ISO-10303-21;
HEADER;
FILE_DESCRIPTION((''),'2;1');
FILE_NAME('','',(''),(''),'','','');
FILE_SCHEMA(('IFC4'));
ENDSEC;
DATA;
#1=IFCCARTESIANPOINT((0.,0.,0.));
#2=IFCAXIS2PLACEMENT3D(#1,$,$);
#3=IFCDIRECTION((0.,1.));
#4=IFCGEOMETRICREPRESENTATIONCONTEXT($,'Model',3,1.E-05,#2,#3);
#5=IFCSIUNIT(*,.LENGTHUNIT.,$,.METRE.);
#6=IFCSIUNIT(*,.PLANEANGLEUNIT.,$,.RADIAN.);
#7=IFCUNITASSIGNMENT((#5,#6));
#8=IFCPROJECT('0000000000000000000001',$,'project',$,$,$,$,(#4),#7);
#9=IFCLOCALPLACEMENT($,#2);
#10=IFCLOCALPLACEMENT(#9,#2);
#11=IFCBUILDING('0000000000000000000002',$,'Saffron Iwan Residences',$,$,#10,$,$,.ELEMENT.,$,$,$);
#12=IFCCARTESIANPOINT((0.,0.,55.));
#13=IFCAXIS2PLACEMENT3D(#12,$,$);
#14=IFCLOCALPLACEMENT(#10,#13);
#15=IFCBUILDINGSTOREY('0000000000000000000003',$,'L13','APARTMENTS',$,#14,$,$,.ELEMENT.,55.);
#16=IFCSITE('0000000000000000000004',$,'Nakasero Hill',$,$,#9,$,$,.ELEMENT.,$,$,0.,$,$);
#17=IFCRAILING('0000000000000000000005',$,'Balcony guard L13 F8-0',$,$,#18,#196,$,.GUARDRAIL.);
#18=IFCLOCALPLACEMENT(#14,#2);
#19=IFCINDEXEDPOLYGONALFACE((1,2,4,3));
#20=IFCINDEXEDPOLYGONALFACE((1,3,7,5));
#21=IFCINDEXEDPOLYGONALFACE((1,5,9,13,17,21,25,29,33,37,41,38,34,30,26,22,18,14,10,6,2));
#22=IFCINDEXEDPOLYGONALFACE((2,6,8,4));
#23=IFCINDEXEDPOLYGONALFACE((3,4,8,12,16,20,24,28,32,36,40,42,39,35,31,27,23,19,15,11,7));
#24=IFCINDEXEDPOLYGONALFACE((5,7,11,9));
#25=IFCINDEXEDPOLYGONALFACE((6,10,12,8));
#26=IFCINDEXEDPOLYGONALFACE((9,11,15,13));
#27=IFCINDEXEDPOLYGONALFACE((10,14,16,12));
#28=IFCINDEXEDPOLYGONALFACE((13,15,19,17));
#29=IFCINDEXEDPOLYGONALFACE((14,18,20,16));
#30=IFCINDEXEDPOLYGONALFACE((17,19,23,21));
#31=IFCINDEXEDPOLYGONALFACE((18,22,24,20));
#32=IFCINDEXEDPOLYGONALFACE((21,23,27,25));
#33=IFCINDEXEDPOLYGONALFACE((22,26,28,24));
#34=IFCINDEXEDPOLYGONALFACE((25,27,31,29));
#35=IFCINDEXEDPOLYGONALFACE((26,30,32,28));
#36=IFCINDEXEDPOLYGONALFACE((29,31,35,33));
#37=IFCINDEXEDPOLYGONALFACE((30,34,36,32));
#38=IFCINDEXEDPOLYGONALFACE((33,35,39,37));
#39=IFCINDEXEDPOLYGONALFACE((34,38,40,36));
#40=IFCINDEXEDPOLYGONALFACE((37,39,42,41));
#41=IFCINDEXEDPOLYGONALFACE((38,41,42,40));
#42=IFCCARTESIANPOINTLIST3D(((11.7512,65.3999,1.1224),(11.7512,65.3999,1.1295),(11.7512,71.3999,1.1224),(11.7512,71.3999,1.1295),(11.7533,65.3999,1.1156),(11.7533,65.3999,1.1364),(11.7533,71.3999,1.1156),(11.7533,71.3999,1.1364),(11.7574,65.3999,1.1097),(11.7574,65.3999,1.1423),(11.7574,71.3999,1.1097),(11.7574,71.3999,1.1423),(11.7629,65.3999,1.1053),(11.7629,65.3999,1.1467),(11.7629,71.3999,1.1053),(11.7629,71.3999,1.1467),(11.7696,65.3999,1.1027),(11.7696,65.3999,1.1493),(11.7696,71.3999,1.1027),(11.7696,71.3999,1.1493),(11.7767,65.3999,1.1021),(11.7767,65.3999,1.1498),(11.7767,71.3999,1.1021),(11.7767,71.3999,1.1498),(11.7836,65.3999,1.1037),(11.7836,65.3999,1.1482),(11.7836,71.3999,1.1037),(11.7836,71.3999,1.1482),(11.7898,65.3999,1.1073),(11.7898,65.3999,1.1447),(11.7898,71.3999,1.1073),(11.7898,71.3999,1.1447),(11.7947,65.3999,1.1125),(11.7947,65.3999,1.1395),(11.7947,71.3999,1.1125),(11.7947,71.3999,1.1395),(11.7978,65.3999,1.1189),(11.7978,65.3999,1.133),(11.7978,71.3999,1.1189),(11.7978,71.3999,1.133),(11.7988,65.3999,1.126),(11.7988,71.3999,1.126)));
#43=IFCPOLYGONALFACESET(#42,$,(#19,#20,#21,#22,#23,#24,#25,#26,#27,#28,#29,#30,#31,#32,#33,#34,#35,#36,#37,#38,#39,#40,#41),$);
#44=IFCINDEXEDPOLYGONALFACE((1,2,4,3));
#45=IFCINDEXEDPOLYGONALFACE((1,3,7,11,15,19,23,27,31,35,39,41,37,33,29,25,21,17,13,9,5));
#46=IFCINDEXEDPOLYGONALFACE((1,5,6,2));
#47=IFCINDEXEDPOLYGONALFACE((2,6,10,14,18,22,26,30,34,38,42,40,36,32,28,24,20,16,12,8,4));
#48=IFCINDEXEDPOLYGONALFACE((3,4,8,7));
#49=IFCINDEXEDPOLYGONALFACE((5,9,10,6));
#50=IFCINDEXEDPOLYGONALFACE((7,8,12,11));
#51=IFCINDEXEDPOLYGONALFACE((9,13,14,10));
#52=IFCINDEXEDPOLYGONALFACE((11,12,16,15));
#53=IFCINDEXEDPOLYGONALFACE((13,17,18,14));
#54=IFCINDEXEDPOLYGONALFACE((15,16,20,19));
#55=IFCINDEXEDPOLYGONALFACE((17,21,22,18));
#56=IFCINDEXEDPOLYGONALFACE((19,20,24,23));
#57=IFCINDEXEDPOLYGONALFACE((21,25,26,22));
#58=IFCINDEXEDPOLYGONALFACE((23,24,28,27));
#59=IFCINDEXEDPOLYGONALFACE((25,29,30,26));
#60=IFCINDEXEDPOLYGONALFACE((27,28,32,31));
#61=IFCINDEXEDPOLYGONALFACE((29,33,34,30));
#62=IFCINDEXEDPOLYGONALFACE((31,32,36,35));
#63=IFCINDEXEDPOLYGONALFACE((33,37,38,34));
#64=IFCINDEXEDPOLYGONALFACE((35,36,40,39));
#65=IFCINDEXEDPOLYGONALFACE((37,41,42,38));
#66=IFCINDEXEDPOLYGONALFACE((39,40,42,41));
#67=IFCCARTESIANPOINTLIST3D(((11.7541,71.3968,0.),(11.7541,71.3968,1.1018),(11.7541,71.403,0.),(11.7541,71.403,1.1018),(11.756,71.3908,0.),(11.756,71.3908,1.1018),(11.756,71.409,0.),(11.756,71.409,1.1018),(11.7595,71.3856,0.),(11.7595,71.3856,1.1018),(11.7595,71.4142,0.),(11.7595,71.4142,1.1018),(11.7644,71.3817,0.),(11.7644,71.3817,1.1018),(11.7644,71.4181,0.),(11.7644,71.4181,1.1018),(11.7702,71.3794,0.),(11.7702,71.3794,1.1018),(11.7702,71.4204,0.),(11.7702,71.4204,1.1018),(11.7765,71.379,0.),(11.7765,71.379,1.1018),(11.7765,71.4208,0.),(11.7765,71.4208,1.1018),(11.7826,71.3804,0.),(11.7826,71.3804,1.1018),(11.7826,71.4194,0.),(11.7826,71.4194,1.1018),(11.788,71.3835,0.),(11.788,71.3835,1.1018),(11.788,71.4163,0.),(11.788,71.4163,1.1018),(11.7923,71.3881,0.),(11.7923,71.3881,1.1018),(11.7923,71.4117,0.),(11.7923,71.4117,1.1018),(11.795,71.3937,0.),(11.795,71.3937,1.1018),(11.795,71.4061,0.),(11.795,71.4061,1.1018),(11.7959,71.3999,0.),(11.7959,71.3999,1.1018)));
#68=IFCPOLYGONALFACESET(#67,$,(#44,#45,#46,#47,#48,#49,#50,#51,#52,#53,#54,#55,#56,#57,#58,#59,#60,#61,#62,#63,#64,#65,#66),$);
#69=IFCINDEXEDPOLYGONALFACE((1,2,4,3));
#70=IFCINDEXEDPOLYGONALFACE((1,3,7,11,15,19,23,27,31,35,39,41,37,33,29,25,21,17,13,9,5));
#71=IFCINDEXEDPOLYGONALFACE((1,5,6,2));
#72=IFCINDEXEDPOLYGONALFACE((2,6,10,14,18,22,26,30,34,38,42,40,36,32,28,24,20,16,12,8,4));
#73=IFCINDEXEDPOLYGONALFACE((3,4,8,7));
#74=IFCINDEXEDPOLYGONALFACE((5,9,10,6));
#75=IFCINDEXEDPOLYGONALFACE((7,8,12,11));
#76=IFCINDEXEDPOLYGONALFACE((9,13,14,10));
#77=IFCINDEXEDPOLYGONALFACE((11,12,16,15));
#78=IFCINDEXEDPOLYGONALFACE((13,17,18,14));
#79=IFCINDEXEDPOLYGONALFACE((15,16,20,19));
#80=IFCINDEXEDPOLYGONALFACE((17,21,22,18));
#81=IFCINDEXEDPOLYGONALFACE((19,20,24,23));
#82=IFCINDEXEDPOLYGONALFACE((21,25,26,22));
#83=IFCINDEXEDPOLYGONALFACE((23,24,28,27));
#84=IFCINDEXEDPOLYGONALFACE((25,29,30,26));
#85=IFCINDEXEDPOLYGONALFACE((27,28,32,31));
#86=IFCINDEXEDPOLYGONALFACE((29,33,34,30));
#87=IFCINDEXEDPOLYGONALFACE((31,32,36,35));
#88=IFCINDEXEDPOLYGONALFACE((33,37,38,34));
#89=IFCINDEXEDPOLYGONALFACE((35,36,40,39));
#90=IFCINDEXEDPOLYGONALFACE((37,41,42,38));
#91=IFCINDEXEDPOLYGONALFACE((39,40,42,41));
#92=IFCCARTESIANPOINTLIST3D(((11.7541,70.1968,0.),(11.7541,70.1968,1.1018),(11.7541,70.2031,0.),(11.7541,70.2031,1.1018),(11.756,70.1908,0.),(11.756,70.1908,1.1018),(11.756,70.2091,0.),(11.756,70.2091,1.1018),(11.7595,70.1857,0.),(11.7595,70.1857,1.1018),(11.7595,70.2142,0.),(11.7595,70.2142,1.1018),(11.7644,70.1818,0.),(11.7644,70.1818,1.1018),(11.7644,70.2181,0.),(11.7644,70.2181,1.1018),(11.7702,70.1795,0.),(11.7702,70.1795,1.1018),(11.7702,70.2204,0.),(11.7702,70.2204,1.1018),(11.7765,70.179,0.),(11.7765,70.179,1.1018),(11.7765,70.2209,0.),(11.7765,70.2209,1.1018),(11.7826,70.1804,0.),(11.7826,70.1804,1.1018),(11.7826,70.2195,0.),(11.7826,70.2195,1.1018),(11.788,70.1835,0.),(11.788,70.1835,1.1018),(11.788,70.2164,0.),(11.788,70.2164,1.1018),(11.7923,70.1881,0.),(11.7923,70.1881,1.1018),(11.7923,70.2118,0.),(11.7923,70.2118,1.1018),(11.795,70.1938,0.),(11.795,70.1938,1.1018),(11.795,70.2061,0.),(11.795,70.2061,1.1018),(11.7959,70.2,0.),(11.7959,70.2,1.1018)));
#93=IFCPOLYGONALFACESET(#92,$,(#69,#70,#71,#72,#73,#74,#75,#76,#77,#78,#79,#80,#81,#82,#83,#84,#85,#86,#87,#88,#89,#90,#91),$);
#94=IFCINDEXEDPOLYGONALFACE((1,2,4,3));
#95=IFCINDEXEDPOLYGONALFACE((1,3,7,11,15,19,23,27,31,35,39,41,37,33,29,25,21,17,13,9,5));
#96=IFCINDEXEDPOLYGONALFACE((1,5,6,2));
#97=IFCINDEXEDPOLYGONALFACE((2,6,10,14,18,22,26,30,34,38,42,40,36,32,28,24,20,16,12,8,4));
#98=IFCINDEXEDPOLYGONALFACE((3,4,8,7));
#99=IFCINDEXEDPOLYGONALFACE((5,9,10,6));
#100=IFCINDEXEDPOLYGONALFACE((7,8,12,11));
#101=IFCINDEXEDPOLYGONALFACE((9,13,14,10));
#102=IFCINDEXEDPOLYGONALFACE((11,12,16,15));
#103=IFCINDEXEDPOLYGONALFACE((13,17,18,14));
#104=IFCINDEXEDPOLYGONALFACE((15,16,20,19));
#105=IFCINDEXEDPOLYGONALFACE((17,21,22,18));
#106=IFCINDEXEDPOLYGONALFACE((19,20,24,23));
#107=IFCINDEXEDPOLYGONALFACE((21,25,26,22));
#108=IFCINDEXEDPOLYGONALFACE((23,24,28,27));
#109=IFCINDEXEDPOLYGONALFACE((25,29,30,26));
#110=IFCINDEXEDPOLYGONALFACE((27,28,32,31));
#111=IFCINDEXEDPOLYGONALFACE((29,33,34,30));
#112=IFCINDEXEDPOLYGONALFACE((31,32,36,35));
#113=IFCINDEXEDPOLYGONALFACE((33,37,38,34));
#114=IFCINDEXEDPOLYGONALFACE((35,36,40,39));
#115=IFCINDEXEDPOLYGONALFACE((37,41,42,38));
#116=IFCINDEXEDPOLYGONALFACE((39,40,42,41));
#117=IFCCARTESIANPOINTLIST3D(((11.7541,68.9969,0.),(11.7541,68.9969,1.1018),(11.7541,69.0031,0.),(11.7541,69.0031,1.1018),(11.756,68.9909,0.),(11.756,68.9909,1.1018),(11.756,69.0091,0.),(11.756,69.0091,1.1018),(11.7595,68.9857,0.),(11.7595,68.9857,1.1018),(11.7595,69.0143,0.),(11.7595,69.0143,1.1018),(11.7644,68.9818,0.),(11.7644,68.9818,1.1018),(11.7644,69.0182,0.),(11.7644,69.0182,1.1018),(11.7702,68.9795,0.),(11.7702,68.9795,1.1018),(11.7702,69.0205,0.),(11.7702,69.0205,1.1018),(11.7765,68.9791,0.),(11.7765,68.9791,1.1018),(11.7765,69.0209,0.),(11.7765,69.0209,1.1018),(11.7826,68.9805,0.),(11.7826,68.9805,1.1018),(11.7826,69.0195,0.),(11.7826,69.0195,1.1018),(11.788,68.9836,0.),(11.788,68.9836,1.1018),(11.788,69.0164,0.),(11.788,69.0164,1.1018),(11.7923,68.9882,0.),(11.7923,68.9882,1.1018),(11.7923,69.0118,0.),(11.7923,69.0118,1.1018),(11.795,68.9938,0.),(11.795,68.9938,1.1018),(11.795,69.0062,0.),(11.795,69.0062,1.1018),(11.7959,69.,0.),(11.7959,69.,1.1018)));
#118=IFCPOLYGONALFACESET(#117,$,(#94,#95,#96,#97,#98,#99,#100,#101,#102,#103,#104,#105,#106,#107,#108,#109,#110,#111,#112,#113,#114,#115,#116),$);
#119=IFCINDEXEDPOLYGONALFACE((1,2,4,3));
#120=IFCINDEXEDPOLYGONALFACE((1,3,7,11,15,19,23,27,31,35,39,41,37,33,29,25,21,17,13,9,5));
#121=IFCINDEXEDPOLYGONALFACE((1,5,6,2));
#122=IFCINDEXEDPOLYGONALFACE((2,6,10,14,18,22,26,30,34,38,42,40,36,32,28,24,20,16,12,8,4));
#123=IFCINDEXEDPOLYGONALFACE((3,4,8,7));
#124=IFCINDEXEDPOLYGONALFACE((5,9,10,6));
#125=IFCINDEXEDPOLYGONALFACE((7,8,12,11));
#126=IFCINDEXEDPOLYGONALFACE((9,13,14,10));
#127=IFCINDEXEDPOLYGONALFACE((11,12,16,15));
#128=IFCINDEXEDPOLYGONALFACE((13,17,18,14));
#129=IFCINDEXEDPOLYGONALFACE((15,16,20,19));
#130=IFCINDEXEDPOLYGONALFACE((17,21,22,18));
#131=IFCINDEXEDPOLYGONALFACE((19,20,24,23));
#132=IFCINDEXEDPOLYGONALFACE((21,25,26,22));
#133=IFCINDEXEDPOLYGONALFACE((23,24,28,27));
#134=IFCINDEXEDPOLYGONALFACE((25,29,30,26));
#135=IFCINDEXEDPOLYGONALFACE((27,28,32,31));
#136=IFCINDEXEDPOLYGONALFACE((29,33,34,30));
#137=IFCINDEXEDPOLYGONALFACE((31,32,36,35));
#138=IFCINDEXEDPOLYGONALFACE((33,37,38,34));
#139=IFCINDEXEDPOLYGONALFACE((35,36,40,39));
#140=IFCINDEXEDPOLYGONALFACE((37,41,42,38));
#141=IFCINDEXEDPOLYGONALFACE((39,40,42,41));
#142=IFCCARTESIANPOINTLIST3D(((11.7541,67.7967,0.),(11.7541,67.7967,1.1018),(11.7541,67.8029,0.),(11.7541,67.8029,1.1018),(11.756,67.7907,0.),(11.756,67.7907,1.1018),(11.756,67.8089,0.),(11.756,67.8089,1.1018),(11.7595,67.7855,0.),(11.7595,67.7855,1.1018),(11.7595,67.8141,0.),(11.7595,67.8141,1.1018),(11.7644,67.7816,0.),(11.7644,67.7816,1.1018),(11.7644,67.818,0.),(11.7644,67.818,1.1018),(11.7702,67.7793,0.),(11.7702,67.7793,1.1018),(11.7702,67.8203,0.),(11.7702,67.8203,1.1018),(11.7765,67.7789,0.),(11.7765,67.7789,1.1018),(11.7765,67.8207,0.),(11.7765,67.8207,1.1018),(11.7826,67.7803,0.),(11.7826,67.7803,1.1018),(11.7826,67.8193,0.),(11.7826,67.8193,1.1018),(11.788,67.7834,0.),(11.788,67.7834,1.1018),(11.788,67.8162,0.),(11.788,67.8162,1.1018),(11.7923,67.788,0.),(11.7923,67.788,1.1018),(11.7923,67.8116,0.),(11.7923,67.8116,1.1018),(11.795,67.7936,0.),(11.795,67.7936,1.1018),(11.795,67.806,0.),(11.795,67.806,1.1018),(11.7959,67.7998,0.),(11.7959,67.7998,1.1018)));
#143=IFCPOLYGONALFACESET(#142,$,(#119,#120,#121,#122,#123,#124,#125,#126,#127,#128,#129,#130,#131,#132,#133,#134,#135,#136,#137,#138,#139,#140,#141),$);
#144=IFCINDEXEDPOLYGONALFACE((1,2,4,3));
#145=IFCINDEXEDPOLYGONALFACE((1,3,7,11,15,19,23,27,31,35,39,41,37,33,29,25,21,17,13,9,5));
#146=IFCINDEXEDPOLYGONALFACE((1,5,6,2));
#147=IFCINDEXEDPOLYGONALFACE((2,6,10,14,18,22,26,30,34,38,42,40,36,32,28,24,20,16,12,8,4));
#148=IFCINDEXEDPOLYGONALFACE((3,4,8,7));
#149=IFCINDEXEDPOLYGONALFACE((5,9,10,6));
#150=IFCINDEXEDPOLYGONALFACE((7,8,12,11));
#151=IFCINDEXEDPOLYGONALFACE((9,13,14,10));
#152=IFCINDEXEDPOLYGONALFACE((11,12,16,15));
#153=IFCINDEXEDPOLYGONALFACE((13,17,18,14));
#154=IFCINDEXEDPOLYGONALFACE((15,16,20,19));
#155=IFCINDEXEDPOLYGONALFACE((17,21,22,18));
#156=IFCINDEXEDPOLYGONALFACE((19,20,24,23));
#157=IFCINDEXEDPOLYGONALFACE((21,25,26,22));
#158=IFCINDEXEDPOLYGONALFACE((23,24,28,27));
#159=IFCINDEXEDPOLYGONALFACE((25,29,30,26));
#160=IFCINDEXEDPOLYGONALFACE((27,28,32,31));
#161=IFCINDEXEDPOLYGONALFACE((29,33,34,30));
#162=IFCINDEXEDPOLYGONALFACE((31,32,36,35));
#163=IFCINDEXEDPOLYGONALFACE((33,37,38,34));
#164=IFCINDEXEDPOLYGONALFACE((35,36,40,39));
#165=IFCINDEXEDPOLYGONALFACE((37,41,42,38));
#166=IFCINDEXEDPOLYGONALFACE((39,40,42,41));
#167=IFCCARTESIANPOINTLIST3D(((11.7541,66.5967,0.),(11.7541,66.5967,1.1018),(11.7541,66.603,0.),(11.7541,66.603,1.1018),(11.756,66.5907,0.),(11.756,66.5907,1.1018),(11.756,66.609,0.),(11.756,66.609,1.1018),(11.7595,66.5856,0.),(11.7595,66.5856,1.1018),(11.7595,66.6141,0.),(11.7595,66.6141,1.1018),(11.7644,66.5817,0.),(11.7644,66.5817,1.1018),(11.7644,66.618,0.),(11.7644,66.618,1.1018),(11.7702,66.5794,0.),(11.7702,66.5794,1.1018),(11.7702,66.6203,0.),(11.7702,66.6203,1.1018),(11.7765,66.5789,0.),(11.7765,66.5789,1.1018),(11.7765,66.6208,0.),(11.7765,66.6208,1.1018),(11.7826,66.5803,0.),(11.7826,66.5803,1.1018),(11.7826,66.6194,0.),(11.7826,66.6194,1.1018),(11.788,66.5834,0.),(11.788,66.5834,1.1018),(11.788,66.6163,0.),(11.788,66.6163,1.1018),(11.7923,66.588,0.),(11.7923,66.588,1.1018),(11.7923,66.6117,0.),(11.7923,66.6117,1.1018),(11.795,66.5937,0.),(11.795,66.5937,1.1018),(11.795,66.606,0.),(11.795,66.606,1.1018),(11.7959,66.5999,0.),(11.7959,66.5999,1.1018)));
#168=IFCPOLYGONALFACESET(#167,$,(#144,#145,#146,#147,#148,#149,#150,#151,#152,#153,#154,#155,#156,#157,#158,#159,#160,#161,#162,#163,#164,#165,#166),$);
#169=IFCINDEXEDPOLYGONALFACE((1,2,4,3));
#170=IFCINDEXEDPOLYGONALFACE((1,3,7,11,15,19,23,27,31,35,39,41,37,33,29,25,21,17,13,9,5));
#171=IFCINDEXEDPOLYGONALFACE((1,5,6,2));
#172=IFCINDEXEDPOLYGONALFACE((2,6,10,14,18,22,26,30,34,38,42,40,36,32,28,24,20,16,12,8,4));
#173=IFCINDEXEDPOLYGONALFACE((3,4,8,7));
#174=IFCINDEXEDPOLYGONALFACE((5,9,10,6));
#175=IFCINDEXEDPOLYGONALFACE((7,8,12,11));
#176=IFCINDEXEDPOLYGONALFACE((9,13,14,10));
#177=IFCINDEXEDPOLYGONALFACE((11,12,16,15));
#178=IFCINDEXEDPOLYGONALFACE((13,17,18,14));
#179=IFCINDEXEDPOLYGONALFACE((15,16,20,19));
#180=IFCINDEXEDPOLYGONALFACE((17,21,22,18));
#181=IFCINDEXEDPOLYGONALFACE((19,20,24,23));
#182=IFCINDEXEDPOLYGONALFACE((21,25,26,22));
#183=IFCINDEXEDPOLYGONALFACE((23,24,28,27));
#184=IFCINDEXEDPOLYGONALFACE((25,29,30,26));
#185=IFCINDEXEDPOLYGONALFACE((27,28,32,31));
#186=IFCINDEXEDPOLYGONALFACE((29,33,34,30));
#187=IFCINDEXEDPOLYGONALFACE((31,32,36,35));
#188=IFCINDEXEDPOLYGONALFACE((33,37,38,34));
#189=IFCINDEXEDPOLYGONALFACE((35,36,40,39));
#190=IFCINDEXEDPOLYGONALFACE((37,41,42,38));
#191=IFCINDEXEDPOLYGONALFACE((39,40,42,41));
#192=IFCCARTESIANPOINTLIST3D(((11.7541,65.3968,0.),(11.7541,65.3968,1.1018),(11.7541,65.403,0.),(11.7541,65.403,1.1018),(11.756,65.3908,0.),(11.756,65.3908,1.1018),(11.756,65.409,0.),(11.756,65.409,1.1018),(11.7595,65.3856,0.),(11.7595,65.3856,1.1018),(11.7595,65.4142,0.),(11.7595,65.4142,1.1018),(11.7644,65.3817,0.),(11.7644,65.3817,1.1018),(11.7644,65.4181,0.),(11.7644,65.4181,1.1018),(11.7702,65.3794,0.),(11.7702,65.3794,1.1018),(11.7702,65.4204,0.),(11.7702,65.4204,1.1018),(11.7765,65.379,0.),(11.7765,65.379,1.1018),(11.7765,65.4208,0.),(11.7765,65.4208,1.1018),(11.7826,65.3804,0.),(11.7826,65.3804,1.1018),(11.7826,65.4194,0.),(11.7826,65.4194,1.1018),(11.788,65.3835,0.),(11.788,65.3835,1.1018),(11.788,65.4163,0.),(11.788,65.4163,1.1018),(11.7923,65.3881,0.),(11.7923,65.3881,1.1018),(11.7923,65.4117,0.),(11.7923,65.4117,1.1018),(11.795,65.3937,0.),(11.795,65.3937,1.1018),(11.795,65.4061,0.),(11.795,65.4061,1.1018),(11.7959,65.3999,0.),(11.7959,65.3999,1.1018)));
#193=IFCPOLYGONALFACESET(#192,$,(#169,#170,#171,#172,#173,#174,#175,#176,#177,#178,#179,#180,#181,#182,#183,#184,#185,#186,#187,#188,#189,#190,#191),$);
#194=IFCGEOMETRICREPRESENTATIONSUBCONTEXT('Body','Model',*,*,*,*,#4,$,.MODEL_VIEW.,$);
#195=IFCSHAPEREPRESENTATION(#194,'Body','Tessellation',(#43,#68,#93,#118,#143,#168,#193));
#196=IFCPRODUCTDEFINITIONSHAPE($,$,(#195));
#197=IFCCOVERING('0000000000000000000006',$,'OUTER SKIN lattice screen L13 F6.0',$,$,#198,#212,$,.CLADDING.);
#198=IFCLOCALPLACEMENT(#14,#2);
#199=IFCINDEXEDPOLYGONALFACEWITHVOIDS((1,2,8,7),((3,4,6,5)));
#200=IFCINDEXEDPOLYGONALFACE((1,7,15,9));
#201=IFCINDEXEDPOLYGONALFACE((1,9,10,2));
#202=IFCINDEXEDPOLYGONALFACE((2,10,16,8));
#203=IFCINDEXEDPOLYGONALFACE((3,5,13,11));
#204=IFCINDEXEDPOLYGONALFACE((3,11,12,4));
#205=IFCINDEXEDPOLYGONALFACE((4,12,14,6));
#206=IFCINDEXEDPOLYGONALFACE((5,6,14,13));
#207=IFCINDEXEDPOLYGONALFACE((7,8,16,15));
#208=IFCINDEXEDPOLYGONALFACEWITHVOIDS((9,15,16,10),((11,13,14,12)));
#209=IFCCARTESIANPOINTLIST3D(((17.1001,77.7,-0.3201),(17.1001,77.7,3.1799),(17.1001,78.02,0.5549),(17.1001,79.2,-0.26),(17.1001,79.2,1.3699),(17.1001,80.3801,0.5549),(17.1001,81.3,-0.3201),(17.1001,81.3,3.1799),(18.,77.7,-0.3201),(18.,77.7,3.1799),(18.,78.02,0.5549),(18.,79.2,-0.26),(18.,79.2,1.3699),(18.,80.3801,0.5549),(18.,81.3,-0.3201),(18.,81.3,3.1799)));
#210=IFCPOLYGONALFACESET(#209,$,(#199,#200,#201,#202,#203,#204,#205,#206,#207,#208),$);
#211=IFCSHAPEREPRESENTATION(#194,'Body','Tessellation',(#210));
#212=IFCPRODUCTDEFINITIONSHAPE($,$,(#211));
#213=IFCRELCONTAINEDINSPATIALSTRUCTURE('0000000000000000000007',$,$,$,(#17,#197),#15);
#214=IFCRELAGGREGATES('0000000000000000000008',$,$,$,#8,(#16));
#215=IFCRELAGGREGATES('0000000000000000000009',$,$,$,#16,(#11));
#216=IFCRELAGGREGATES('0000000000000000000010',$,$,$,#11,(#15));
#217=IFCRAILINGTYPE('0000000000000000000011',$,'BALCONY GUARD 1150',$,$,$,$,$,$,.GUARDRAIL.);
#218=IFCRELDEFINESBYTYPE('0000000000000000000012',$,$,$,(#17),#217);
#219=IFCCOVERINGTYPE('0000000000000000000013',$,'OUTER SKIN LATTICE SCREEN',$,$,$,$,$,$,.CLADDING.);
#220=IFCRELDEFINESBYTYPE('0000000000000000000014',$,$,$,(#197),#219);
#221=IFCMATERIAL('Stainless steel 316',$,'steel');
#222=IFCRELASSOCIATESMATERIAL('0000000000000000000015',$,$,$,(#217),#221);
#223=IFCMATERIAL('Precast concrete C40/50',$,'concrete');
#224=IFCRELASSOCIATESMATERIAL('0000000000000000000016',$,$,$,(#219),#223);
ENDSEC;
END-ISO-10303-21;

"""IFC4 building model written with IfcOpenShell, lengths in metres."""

from ifc_helpers import new_model, si_unit, direction, frame, origin, origin_2d, place, context, subcontext, project, spatial, polyline, circle, outline, extrude, material, type_object, element, save


model = new_model("IFC4")

# Units and contexts
model_context = context("Model", 3, precision=1e-05, world=origin(), true_north=direction((0.0, 1.0)))
body_context = subcontext(model_context, "Body", "Model", "MODEL_VIEW")
ifc_project = project(units=[si_unit("LENGTHUNIT", "METRE"), si_unit("PLANEANGLEUNIT", "RADIAN")], contexts=[model_context])

# Site, building, storey
site_placement = place(None, origin())
site = spatial("IfcSite", under=ifc_project, at=site_placement, Name="Nakasero Hill", CompositionType="ELEMENT", RefElevation=0.0)
building_placement = place(site_placement, origin())
building = spatial("IfcBuilding", under=site, at=building_placement, Name="Saffron Iwan Residences", CompositionType="ELEMENT")
storey_placement = place(building_placement, frame((0.0, 0.0, 55.0)))
storey = spatial("IfcBuildingStorey", under=building, at=storey_placement, Name="L13", Description="APARTMENTS", CompositionType="ELEMENT", Elevation=55.0)

# Railing
ifc_material_1 = material(Name="Stainless steel 316", Category="steel")
railing_type = type_object("IfcRailingType", Name="BALCONY GUARD 1150", PredefinedType="GUARDRAIL", material=ifc_material_1)
railing_placement = place(storey_placement, frame((11.7749, 71.3999, 0.0)))
element("IfcRailing", 1, at=railing_placement, inside=storey, type_object=railing_type, Name="Balcony guard L13 F8-0", PredefinedType="GUARDRAIL", context=body_context, shape_type="SweptSolid", body=[
    extrude(circle(Radius=0.0239, at=origin_2d()), frame((0.0, 0.0, 1.126), z_axis=(0.0, -1.0, 0.0), x_axis=(1.0, 0.0, 0.0)), (0.0, 0.0, 1.0), 6.0),
    extrude(circle(Radius=0.021, at=origin_2d()), origin(), (0.0, 0.0, 1.0), 1.1018),
    extrude(circle(Radius=0.021, at=origin_2d()), frame((0.0, -1.2, 0.0)), (0.0, 0.0, 1.0), 1.1018),
    extrude(circle(Radius=0.021, at=origin_2d()), frame((0.0, -2.3999, 0.0)), (0.0, 0.0, 1.0), 1.1018),
    extrude(circle(Radius=0.021, at=origin_2d()), frame((0.0, -3.6001, 0.0)), (0.0, 0.0, 1.0), 1.1018),
    extrude(circle(Radius=0.021, at=origin_2d()), frame((0.0, -4.8, 0.0)), (0.0, 0.0, 1.0), 1.1018),
    extrude(circle(Radius=0.021, at=origin_2d()), frame((0.0, -6.0, 0.0)), (0.0, 0.0, 1.0), 1.1018),
])

# Covering
ifc_material_2 = material(Name="Precast concrete C40/50", Category="concrete")
covering_type = type_object("IfcCoveringType", Name="OUTER SKIN LATTICE SCREEN", PredefinedType="CLADDING", material=ifc_material_2)
for number, where, z_axis, x_axis, name in (
    (2, (18.0, 81.3, -0.3201), (-1.0, 0.0, 0.0), (0.0, -1.0, 0.0), "OUTER SKIN lattice screen L13 F6.0"),
):
    element("IfcCovering", number, at=place(storey_placement, frame(where, z_axis=z_axis, x_axis=x_axis)), inside=storey, type_object=covering_type, Name=name, PredefinedType="CLADDING", context=body_context, shape_type="SweptSolid", body=[
        extrude(outline(polyline([(0.0, 0.0), (3.6001, 0.0), (3.6001, 3.5), (0.0, 3.5), (0.0, 0.0)]), holes=[polyline([(0.9199, 0.875), (2.1001, 0.0601), (3.28, 0.875), (2.1001, 1.6899), (0.9199, 0.875)])]), origin(), (0.0, 0.0, 1.0), 0.8999),
    ])

save(model, "model.ifc")
